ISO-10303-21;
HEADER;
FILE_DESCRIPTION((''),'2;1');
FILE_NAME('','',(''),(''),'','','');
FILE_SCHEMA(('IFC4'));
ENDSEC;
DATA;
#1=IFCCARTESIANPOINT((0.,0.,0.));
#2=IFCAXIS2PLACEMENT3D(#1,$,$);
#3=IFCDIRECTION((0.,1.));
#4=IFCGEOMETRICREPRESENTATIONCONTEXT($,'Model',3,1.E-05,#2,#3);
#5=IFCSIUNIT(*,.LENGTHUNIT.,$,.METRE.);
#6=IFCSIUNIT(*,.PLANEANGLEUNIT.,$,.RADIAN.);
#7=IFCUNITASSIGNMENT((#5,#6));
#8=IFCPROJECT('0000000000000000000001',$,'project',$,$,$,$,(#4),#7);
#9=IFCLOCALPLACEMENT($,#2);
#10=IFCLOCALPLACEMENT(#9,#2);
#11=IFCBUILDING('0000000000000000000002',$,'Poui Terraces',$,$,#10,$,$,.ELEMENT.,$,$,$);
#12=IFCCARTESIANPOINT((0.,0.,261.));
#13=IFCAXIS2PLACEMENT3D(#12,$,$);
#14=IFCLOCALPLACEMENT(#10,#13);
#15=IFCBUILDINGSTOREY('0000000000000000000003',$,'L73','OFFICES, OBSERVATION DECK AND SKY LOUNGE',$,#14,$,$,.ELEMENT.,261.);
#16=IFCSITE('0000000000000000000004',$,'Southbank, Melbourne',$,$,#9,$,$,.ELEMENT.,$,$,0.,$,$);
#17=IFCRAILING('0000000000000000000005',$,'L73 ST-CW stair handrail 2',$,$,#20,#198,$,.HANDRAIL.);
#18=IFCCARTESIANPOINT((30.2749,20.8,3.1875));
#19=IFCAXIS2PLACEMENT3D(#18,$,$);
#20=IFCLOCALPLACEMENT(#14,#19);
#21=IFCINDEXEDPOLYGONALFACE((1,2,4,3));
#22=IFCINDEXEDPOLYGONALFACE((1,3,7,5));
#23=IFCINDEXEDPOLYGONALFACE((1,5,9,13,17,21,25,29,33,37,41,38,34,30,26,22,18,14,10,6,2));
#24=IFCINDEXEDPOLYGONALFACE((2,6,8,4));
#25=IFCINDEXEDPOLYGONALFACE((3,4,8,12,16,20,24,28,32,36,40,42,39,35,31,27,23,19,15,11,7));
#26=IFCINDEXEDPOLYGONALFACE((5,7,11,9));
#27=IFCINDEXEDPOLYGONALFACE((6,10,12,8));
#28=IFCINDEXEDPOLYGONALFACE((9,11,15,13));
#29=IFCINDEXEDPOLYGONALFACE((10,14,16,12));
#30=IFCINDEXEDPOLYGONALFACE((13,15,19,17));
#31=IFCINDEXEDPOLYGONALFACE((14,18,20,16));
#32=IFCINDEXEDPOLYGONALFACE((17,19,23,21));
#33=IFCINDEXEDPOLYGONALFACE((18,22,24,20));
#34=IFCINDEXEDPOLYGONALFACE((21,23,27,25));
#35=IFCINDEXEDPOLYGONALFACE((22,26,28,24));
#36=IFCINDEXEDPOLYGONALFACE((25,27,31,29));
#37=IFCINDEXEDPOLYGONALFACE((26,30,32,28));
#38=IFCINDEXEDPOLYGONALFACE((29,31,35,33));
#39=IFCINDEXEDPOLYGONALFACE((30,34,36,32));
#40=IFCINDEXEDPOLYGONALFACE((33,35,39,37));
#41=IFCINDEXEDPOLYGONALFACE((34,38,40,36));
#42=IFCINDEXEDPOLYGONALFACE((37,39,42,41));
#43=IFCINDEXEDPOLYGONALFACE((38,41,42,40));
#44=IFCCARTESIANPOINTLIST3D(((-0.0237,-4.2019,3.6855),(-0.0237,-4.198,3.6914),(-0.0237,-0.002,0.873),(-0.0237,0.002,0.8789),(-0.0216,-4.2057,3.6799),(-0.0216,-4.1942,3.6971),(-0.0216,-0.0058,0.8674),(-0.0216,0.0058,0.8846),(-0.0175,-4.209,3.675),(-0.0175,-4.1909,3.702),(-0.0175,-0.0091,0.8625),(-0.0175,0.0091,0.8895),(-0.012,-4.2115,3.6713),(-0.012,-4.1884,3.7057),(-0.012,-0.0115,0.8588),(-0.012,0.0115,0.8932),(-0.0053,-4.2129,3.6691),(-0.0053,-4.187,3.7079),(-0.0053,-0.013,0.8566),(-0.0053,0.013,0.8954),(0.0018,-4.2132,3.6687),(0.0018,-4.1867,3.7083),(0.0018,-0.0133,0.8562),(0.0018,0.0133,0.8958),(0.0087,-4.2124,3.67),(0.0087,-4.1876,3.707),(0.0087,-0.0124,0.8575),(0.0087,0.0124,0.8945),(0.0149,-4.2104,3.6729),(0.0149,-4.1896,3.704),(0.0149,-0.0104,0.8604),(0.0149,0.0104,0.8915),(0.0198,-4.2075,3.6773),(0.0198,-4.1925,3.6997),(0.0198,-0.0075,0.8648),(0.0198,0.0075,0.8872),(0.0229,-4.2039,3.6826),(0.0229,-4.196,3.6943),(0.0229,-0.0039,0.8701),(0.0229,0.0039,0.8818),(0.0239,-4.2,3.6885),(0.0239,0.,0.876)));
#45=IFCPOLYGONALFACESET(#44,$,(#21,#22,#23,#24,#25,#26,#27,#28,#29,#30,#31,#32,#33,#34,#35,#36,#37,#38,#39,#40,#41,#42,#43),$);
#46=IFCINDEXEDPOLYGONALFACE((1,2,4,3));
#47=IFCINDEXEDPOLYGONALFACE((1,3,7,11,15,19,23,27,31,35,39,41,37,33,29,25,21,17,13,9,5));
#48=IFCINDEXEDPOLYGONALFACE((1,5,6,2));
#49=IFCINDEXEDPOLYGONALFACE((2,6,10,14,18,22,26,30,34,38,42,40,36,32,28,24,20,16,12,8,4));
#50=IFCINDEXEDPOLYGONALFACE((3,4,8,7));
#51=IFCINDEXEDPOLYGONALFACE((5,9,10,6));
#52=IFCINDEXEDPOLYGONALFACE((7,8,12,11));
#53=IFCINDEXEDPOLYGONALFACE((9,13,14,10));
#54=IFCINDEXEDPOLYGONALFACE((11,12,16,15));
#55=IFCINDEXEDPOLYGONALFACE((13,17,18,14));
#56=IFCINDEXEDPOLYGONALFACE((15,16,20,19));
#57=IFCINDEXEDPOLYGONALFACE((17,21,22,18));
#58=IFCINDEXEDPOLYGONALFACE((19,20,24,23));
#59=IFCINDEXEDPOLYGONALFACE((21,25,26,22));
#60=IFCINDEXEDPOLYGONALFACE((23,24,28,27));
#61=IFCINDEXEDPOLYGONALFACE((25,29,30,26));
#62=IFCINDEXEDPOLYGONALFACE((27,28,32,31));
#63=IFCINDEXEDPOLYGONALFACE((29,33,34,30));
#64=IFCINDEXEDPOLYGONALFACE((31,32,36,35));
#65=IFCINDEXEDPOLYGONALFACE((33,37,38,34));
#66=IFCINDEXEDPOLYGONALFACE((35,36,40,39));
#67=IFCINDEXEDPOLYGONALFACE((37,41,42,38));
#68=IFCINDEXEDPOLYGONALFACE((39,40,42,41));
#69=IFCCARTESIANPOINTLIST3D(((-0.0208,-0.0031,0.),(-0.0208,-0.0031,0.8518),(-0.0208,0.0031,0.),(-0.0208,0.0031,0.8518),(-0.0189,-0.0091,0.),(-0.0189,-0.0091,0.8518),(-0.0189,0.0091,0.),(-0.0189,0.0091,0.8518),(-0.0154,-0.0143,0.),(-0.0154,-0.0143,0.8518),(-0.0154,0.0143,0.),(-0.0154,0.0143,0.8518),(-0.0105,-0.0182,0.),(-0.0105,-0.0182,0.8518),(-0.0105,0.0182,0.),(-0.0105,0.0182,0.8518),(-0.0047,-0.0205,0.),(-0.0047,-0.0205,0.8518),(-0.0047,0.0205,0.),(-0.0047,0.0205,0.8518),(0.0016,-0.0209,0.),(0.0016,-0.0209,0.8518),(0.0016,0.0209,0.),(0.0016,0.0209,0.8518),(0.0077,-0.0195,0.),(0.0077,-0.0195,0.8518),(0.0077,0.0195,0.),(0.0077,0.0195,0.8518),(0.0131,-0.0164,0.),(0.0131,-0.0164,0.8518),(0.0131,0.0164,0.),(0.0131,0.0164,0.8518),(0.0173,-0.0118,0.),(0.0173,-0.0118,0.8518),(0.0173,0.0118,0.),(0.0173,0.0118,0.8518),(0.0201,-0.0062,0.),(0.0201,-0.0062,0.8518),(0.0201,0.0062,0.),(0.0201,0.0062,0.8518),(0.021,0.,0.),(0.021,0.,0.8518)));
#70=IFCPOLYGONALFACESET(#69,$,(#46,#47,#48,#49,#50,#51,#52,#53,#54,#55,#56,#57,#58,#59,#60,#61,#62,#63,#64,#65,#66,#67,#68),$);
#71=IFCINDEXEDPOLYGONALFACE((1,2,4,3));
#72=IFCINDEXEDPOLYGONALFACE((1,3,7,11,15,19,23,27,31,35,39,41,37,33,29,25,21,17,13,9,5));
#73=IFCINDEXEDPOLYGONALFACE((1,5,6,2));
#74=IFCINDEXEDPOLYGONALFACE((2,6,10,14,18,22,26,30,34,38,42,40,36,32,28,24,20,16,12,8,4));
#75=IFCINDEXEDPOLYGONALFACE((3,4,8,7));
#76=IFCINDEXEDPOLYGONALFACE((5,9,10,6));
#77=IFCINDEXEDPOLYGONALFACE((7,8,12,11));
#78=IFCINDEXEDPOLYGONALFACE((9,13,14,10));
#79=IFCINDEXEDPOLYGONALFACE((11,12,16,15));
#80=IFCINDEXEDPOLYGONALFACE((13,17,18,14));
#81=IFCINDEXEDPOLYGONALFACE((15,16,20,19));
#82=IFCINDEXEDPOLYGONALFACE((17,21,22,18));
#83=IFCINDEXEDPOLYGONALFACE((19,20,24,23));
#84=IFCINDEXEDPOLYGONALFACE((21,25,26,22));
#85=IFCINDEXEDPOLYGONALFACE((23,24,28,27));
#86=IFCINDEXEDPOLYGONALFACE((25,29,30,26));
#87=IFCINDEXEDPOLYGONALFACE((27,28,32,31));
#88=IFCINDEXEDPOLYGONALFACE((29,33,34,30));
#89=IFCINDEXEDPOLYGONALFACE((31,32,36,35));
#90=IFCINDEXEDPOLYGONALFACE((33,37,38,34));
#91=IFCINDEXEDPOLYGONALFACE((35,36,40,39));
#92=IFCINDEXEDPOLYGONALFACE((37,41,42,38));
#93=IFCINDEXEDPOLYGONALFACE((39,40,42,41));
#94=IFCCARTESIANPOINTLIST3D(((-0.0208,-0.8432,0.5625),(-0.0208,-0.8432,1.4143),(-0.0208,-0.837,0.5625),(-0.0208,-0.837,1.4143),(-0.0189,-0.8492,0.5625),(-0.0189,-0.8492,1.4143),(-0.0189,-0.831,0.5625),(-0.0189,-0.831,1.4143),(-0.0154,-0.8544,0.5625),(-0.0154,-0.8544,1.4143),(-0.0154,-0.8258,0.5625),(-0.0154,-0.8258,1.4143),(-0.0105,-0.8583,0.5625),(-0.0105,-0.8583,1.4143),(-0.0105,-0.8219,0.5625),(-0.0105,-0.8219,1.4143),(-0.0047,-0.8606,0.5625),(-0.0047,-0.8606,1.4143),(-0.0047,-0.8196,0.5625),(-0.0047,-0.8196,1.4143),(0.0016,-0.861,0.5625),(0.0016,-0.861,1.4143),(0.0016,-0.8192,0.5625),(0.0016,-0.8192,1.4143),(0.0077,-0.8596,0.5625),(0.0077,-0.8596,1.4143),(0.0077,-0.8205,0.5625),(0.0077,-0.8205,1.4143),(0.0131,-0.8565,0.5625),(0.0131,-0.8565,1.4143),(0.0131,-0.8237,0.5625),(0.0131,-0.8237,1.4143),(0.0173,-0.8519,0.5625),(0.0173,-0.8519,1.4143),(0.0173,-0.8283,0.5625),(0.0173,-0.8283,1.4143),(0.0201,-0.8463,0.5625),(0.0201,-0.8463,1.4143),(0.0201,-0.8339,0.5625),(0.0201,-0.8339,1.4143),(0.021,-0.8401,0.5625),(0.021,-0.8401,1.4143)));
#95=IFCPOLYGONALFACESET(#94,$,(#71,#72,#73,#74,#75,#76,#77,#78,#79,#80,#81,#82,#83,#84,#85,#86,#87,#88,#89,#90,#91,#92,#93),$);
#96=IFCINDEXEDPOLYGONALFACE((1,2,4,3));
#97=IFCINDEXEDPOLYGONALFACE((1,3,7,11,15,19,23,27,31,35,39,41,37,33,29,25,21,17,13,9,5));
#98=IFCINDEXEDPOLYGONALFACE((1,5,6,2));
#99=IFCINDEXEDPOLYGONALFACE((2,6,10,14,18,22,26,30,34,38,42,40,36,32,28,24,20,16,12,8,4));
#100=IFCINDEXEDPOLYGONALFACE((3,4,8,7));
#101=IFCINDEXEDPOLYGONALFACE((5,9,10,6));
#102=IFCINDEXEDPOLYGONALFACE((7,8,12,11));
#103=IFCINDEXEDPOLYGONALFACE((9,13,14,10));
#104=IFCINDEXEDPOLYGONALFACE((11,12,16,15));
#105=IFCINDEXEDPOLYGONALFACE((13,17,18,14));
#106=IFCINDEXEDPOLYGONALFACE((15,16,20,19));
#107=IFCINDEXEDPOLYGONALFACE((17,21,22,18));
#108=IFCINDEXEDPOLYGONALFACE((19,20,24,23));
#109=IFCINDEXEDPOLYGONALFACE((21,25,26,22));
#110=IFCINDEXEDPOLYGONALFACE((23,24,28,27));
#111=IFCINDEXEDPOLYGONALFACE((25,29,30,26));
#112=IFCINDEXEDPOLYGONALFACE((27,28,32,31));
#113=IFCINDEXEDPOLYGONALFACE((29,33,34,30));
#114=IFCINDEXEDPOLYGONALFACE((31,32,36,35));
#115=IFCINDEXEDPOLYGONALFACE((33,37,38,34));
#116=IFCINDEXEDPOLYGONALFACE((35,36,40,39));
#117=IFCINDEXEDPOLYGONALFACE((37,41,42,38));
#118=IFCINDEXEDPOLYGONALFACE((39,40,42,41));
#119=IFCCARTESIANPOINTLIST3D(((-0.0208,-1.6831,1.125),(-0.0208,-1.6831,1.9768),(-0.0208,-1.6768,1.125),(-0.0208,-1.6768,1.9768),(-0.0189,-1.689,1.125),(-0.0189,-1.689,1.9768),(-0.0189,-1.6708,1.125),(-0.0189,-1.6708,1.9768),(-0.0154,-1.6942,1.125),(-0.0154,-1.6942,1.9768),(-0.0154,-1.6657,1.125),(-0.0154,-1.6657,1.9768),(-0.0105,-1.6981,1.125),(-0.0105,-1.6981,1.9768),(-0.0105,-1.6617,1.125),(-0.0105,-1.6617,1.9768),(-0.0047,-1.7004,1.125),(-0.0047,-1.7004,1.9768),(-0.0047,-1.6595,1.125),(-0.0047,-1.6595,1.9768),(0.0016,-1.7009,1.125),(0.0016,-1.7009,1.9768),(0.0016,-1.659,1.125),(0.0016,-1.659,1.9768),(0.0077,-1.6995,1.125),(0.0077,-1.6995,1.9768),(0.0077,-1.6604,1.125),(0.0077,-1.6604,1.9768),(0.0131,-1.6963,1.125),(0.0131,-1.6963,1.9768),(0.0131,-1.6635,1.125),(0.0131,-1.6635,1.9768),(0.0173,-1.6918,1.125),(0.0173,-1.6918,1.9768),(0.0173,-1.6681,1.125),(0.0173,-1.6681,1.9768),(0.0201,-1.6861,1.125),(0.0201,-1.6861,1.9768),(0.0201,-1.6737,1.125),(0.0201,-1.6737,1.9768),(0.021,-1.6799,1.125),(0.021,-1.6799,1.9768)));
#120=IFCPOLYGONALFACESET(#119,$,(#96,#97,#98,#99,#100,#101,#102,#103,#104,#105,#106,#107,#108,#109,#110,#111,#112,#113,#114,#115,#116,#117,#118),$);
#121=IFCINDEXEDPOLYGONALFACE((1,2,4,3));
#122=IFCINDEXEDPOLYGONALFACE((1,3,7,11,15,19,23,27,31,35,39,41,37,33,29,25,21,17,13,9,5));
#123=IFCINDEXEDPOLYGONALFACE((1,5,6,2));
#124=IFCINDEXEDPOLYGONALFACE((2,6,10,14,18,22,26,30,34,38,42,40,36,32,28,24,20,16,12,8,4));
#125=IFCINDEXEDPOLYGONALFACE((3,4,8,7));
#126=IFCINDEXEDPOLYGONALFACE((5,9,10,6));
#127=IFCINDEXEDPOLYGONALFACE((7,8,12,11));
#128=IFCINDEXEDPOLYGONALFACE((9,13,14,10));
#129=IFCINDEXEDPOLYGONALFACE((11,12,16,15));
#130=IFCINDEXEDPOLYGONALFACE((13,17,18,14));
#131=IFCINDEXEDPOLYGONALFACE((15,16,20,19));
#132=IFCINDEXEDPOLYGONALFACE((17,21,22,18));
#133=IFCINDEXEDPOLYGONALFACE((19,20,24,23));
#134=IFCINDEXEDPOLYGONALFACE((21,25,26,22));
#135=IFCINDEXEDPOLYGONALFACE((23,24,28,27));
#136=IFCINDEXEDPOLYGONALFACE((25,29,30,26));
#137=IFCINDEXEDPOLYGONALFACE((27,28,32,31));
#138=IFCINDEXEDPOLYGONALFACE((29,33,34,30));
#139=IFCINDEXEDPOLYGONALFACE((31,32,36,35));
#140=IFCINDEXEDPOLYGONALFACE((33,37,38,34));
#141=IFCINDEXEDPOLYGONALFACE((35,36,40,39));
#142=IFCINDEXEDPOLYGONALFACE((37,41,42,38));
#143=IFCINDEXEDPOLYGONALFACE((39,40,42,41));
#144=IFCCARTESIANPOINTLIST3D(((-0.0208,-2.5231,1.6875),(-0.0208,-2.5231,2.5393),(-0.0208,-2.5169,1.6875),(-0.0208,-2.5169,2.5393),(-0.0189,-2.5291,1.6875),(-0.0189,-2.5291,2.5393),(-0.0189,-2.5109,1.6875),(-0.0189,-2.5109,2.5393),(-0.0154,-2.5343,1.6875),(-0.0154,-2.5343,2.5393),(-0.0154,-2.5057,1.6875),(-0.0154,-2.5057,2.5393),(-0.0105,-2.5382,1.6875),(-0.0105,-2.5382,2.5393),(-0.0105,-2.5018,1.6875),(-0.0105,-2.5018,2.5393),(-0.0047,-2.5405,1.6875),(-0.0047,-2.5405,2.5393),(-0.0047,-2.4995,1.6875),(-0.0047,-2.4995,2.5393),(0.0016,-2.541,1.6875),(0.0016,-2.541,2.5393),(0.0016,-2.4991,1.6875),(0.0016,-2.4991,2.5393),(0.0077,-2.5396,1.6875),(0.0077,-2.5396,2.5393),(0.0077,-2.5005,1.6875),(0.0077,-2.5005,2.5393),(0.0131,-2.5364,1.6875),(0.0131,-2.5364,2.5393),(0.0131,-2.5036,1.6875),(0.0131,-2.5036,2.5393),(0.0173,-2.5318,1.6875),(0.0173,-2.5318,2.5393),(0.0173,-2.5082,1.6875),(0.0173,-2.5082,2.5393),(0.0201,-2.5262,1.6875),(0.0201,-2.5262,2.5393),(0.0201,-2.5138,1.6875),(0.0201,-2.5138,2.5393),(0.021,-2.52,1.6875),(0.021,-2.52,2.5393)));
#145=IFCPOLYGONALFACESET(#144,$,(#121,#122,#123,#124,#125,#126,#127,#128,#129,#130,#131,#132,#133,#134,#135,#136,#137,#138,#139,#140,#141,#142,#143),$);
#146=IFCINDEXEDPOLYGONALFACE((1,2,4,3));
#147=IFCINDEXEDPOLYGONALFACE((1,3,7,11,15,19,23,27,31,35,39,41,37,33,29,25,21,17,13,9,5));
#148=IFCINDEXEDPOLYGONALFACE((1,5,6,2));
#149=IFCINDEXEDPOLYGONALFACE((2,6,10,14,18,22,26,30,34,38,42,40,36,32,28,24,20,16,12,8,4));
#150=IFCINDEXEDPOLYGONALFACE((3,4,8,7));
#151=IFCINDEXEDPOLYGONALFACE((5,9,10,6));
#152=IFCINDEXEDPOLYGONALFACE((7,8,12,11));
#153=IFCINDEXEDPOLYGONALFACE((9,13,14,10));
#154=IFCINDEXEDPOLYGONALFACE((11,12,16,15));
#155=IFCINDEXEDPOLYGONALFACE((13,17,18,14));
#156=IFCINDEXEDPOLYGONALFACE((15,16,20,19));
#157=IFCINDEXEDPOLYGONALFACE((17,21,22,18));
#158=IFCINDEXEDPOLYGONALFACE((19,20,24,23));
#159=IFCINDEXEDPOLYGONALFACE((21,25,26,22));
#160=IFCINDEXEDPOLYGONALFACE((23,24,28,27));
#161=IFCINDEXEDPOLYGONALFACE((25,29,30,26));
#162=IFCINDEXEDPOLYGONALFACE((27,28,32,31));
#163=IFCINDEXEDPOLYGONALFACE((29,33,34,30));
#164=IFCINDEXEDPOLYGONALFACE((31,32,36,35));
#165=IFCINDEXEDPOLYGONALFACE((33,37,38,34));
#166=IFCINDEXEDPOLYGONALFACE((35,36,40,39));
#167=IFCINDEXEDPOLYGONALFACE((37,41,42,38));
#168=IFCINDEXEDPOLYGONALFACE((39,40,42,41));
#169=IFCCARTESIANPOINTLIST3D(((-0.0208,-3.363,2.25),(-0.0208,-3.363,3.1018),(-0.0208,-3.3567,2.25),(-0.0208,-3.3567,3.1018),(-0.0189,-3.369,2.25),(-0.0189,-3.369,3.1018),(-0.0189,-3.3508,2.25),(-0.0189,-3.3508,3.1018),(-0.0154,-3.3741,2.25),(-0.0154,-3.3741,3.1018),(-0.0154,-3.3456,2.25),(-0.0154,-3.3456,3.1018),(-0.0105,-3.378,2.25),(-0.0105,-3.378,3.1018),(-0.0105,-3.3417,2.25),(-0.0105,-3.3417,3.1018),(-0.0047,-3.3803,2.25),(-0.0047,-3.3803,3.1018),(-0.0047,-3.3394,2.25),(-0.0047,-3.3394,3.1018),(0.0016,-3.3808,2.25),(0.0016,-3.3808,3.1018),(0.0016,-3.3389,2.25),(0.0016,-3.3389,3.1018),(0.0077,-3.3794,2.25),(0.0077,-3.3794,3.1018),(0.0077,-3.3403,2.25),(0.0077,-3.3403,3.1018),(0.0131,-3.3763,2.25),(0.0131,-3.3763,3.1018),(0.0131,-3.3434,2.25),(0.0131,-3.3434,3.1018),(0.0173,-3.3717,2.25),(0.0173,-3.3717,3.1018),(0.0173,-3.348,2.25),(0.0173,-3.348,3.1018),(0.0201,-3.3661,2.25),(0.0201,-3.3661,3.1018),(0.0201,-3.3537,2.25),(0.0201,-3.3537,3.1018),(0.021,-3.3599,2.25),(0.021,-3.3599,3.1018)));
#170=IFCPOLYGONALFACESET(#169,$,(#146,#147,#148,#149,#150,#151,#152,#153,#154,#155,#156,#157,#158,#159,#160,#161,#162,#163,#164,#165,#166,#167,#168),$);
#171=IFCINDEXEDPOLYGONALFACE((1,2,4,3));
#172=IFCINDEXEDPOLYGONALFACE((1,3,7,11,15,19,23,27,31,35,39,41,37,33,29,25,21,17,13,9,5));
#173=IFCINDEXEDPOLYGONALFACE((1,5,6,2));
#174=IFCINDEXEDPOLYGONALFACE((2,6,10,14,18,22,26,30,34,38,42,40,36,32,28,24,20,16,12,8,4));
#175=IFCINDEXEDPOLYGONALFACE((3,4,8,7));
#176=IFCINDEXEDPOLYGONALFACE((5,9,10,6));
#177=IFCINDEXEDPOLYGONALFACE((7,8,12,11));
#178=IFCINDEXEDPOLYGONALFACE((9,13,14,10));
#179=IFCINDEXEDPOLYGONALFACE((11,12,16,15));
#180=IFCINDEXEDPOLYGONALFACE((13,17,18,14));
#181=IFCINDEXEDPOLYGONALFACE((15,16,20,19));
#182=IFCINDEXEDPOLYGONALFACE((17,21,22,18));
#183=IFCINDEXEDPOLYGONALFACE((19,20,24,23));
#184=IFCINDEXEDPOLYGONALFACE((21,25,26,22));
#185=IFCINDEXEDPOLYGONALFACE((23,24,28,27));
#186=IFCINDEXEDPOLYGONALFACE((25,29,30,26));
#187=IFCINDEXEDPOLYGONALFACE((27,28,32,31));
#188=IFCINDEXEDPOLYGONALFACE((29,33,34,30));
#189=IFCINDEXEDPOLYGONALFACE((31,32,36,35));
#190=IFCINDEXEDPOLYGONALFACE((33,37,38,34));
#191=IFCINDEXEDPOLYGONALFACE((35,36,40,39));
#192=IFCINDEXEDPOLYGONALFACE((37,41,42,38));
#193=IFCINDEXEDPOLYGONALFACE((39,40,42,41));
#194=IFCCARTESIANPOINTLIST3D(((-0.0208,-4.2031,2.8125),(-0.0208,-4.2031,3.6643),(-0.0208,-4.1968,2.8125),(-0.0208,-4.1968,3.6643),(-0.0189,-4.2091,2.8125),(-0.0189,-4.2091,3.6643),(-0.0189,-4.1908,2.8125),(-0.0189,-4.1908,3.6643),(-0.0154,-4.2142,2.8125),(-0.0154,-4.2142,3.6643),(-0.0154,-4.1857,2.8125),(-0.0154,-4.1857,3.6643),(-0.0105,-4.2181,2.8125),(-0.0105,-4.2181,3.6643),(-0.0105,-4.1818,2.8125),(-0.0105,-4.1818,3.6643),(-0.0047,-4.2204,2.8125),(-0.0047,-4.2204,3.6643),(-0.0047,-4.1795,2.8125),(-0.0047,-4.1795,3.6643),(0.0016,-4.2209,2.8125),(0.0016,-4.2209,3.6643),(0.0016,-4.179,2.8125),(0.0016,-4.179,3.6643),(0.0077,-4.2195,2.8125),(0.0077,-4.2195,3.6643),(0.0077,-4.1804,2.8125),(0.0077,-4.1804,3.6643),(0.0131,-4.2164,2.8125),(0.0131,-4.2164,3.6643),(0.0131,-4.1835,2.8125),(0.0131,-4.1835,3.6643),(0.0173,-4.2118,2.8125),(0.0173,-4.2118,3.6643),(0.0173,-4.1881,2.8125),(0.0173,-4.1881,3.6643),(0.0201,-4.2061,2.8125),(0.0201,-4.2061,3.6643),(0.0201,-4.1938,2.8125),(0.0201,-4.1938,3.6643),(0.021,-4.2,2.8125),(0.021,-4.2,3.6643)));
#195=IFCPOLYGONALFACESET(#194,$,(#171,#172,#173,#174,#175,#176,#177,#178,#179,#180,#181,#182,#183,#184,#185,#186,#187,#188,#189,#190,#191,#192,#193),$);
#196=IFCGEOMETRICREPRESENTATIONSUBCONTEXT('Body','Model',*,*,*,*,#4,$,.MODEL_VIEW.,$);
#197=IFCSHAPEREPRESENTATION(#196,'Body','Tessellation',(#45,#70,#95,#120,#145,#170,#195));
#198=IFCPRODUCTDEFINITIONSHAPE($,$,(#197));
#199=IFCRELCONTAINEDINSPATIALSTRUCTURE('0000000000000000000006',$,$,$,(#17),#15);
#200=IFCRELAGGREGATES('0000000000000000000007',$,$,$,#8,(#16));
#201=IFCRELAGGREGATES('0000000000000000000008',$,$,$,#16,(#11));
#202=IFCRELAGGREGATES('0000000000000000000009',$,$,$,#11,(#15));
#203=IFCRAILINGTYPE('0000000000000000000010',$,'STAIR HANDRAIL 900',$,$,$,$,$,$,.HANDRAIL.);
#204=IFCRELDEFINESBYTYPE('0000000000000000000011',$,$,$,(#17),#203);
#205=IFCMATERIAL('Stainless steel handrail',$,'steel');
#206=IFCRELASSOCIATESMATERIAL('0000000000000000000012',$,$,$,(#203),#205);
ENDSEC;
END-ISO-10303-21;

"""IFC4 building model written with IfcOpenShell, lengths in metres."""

from ifc_helpers import new_model, si_unit, direction, frame, origin, origin_2d, place, context, subcontext, project, spatial, circle, extrude, material, type_object, element, save


model = new_model("IFC4")

# Units and contexts
model_context = context("Model", 3, precision=1e-05, world=origin(), true_north=direction((0.0, 1.0)))
body_context = subcontext(model_context, "Body", "Model", "MODEL_VIEW")
ifc_project = project(units=[si_unit("LENGTHUNIT", "METRE"), si_unit("PLANEANGLEUNIT", "RADIAN")], contexts=[model_context])

# Site, building, storey
site_placement = place(None, origin())
site = spatial("IfcSite", under=ifc_project, at=site_placement, Name="Southbank, Melbourne", CompositionType="ELEMENT", RefElevation=0.0)
building_placement = place(site_placement, origin())
building = spatial("IfcBuilding", under=site, at=building_placement, Name="Poui Terraces", CompositionType="ELEMENT")
storey_placement = place(building_placement, frame((0.0, 0.0, 261.0)))
storey = spatial("IfcBuildingStorey", under=building, at=storey_placement, Name="L73", Description="OFFICES, OBSERVATION DECK AND SKY LOUNGE", CompositionType="ELEMENT", Elevation=261.0)

# Railing
ifc_material_1 = material(Name="Stainless steel handrail", Category="steel")
railing_type_1 = type_object("IfcRailingType", Name="STAIR HANDRAIL 900", PredefinedType="HANDRAIL", material=ifc_material_1)
railing_1_placement = place(storey_placement, frame((30.2749, 20.8, 3.1875)))
element("IfcRailing", 1, at=railing_1_placement, inside=storey, type_object=railing_type_1, Name="L73 ST-CW stair handrail 2", PredefinedType="HANDRAIL", context=body_context, shape_type="SweptSolid", body=[
    extrude(circle(Radius=0.0239, at=origin_2d()), frame((0.0, 0.0, 0.876), z_axis=(0.0, -0.830904, 0.556416), x_axis=(1.0, 0.0, 0.0)), (0.0, 0.0, 1.0), 5.0547),
    extrude(circle(Radius=0.021, at=origin_2d()), origin(), (0.0, 0.0, 1.0), 0.8518),
    extrude(circle(Radius=0.021, at=origin_2d()), frame((0.0, -0.8401, 0.5625)), (0.0, 0.0, 1.0), 0.8518),
    extrude(circle(Radius=0.021, at=origin_2d()), frame((0.0, -1.6799, 1.125)), (0.0, 0.0, 1.0), 0.8518),
    extrude(circle(Radius=0.021, at=origin_2d()), frame((0.0, -2.52, 1.6875)), (0.0, 0.0, 1.0), 0.8518),
    extrude(circle(Radius=0.021, at=origin_2d()), frame((0.0, -3.3599, 2.25)), (0.0, 0.0, 1.0), 0.8518),
    extrude(circle(Radius=0.021, at=origin_2d()), frame((0.0, -4.2, 2.8125)), (0.0, 0.0, 1.0), 0.8518),
])

save(model, "model.ifc")
